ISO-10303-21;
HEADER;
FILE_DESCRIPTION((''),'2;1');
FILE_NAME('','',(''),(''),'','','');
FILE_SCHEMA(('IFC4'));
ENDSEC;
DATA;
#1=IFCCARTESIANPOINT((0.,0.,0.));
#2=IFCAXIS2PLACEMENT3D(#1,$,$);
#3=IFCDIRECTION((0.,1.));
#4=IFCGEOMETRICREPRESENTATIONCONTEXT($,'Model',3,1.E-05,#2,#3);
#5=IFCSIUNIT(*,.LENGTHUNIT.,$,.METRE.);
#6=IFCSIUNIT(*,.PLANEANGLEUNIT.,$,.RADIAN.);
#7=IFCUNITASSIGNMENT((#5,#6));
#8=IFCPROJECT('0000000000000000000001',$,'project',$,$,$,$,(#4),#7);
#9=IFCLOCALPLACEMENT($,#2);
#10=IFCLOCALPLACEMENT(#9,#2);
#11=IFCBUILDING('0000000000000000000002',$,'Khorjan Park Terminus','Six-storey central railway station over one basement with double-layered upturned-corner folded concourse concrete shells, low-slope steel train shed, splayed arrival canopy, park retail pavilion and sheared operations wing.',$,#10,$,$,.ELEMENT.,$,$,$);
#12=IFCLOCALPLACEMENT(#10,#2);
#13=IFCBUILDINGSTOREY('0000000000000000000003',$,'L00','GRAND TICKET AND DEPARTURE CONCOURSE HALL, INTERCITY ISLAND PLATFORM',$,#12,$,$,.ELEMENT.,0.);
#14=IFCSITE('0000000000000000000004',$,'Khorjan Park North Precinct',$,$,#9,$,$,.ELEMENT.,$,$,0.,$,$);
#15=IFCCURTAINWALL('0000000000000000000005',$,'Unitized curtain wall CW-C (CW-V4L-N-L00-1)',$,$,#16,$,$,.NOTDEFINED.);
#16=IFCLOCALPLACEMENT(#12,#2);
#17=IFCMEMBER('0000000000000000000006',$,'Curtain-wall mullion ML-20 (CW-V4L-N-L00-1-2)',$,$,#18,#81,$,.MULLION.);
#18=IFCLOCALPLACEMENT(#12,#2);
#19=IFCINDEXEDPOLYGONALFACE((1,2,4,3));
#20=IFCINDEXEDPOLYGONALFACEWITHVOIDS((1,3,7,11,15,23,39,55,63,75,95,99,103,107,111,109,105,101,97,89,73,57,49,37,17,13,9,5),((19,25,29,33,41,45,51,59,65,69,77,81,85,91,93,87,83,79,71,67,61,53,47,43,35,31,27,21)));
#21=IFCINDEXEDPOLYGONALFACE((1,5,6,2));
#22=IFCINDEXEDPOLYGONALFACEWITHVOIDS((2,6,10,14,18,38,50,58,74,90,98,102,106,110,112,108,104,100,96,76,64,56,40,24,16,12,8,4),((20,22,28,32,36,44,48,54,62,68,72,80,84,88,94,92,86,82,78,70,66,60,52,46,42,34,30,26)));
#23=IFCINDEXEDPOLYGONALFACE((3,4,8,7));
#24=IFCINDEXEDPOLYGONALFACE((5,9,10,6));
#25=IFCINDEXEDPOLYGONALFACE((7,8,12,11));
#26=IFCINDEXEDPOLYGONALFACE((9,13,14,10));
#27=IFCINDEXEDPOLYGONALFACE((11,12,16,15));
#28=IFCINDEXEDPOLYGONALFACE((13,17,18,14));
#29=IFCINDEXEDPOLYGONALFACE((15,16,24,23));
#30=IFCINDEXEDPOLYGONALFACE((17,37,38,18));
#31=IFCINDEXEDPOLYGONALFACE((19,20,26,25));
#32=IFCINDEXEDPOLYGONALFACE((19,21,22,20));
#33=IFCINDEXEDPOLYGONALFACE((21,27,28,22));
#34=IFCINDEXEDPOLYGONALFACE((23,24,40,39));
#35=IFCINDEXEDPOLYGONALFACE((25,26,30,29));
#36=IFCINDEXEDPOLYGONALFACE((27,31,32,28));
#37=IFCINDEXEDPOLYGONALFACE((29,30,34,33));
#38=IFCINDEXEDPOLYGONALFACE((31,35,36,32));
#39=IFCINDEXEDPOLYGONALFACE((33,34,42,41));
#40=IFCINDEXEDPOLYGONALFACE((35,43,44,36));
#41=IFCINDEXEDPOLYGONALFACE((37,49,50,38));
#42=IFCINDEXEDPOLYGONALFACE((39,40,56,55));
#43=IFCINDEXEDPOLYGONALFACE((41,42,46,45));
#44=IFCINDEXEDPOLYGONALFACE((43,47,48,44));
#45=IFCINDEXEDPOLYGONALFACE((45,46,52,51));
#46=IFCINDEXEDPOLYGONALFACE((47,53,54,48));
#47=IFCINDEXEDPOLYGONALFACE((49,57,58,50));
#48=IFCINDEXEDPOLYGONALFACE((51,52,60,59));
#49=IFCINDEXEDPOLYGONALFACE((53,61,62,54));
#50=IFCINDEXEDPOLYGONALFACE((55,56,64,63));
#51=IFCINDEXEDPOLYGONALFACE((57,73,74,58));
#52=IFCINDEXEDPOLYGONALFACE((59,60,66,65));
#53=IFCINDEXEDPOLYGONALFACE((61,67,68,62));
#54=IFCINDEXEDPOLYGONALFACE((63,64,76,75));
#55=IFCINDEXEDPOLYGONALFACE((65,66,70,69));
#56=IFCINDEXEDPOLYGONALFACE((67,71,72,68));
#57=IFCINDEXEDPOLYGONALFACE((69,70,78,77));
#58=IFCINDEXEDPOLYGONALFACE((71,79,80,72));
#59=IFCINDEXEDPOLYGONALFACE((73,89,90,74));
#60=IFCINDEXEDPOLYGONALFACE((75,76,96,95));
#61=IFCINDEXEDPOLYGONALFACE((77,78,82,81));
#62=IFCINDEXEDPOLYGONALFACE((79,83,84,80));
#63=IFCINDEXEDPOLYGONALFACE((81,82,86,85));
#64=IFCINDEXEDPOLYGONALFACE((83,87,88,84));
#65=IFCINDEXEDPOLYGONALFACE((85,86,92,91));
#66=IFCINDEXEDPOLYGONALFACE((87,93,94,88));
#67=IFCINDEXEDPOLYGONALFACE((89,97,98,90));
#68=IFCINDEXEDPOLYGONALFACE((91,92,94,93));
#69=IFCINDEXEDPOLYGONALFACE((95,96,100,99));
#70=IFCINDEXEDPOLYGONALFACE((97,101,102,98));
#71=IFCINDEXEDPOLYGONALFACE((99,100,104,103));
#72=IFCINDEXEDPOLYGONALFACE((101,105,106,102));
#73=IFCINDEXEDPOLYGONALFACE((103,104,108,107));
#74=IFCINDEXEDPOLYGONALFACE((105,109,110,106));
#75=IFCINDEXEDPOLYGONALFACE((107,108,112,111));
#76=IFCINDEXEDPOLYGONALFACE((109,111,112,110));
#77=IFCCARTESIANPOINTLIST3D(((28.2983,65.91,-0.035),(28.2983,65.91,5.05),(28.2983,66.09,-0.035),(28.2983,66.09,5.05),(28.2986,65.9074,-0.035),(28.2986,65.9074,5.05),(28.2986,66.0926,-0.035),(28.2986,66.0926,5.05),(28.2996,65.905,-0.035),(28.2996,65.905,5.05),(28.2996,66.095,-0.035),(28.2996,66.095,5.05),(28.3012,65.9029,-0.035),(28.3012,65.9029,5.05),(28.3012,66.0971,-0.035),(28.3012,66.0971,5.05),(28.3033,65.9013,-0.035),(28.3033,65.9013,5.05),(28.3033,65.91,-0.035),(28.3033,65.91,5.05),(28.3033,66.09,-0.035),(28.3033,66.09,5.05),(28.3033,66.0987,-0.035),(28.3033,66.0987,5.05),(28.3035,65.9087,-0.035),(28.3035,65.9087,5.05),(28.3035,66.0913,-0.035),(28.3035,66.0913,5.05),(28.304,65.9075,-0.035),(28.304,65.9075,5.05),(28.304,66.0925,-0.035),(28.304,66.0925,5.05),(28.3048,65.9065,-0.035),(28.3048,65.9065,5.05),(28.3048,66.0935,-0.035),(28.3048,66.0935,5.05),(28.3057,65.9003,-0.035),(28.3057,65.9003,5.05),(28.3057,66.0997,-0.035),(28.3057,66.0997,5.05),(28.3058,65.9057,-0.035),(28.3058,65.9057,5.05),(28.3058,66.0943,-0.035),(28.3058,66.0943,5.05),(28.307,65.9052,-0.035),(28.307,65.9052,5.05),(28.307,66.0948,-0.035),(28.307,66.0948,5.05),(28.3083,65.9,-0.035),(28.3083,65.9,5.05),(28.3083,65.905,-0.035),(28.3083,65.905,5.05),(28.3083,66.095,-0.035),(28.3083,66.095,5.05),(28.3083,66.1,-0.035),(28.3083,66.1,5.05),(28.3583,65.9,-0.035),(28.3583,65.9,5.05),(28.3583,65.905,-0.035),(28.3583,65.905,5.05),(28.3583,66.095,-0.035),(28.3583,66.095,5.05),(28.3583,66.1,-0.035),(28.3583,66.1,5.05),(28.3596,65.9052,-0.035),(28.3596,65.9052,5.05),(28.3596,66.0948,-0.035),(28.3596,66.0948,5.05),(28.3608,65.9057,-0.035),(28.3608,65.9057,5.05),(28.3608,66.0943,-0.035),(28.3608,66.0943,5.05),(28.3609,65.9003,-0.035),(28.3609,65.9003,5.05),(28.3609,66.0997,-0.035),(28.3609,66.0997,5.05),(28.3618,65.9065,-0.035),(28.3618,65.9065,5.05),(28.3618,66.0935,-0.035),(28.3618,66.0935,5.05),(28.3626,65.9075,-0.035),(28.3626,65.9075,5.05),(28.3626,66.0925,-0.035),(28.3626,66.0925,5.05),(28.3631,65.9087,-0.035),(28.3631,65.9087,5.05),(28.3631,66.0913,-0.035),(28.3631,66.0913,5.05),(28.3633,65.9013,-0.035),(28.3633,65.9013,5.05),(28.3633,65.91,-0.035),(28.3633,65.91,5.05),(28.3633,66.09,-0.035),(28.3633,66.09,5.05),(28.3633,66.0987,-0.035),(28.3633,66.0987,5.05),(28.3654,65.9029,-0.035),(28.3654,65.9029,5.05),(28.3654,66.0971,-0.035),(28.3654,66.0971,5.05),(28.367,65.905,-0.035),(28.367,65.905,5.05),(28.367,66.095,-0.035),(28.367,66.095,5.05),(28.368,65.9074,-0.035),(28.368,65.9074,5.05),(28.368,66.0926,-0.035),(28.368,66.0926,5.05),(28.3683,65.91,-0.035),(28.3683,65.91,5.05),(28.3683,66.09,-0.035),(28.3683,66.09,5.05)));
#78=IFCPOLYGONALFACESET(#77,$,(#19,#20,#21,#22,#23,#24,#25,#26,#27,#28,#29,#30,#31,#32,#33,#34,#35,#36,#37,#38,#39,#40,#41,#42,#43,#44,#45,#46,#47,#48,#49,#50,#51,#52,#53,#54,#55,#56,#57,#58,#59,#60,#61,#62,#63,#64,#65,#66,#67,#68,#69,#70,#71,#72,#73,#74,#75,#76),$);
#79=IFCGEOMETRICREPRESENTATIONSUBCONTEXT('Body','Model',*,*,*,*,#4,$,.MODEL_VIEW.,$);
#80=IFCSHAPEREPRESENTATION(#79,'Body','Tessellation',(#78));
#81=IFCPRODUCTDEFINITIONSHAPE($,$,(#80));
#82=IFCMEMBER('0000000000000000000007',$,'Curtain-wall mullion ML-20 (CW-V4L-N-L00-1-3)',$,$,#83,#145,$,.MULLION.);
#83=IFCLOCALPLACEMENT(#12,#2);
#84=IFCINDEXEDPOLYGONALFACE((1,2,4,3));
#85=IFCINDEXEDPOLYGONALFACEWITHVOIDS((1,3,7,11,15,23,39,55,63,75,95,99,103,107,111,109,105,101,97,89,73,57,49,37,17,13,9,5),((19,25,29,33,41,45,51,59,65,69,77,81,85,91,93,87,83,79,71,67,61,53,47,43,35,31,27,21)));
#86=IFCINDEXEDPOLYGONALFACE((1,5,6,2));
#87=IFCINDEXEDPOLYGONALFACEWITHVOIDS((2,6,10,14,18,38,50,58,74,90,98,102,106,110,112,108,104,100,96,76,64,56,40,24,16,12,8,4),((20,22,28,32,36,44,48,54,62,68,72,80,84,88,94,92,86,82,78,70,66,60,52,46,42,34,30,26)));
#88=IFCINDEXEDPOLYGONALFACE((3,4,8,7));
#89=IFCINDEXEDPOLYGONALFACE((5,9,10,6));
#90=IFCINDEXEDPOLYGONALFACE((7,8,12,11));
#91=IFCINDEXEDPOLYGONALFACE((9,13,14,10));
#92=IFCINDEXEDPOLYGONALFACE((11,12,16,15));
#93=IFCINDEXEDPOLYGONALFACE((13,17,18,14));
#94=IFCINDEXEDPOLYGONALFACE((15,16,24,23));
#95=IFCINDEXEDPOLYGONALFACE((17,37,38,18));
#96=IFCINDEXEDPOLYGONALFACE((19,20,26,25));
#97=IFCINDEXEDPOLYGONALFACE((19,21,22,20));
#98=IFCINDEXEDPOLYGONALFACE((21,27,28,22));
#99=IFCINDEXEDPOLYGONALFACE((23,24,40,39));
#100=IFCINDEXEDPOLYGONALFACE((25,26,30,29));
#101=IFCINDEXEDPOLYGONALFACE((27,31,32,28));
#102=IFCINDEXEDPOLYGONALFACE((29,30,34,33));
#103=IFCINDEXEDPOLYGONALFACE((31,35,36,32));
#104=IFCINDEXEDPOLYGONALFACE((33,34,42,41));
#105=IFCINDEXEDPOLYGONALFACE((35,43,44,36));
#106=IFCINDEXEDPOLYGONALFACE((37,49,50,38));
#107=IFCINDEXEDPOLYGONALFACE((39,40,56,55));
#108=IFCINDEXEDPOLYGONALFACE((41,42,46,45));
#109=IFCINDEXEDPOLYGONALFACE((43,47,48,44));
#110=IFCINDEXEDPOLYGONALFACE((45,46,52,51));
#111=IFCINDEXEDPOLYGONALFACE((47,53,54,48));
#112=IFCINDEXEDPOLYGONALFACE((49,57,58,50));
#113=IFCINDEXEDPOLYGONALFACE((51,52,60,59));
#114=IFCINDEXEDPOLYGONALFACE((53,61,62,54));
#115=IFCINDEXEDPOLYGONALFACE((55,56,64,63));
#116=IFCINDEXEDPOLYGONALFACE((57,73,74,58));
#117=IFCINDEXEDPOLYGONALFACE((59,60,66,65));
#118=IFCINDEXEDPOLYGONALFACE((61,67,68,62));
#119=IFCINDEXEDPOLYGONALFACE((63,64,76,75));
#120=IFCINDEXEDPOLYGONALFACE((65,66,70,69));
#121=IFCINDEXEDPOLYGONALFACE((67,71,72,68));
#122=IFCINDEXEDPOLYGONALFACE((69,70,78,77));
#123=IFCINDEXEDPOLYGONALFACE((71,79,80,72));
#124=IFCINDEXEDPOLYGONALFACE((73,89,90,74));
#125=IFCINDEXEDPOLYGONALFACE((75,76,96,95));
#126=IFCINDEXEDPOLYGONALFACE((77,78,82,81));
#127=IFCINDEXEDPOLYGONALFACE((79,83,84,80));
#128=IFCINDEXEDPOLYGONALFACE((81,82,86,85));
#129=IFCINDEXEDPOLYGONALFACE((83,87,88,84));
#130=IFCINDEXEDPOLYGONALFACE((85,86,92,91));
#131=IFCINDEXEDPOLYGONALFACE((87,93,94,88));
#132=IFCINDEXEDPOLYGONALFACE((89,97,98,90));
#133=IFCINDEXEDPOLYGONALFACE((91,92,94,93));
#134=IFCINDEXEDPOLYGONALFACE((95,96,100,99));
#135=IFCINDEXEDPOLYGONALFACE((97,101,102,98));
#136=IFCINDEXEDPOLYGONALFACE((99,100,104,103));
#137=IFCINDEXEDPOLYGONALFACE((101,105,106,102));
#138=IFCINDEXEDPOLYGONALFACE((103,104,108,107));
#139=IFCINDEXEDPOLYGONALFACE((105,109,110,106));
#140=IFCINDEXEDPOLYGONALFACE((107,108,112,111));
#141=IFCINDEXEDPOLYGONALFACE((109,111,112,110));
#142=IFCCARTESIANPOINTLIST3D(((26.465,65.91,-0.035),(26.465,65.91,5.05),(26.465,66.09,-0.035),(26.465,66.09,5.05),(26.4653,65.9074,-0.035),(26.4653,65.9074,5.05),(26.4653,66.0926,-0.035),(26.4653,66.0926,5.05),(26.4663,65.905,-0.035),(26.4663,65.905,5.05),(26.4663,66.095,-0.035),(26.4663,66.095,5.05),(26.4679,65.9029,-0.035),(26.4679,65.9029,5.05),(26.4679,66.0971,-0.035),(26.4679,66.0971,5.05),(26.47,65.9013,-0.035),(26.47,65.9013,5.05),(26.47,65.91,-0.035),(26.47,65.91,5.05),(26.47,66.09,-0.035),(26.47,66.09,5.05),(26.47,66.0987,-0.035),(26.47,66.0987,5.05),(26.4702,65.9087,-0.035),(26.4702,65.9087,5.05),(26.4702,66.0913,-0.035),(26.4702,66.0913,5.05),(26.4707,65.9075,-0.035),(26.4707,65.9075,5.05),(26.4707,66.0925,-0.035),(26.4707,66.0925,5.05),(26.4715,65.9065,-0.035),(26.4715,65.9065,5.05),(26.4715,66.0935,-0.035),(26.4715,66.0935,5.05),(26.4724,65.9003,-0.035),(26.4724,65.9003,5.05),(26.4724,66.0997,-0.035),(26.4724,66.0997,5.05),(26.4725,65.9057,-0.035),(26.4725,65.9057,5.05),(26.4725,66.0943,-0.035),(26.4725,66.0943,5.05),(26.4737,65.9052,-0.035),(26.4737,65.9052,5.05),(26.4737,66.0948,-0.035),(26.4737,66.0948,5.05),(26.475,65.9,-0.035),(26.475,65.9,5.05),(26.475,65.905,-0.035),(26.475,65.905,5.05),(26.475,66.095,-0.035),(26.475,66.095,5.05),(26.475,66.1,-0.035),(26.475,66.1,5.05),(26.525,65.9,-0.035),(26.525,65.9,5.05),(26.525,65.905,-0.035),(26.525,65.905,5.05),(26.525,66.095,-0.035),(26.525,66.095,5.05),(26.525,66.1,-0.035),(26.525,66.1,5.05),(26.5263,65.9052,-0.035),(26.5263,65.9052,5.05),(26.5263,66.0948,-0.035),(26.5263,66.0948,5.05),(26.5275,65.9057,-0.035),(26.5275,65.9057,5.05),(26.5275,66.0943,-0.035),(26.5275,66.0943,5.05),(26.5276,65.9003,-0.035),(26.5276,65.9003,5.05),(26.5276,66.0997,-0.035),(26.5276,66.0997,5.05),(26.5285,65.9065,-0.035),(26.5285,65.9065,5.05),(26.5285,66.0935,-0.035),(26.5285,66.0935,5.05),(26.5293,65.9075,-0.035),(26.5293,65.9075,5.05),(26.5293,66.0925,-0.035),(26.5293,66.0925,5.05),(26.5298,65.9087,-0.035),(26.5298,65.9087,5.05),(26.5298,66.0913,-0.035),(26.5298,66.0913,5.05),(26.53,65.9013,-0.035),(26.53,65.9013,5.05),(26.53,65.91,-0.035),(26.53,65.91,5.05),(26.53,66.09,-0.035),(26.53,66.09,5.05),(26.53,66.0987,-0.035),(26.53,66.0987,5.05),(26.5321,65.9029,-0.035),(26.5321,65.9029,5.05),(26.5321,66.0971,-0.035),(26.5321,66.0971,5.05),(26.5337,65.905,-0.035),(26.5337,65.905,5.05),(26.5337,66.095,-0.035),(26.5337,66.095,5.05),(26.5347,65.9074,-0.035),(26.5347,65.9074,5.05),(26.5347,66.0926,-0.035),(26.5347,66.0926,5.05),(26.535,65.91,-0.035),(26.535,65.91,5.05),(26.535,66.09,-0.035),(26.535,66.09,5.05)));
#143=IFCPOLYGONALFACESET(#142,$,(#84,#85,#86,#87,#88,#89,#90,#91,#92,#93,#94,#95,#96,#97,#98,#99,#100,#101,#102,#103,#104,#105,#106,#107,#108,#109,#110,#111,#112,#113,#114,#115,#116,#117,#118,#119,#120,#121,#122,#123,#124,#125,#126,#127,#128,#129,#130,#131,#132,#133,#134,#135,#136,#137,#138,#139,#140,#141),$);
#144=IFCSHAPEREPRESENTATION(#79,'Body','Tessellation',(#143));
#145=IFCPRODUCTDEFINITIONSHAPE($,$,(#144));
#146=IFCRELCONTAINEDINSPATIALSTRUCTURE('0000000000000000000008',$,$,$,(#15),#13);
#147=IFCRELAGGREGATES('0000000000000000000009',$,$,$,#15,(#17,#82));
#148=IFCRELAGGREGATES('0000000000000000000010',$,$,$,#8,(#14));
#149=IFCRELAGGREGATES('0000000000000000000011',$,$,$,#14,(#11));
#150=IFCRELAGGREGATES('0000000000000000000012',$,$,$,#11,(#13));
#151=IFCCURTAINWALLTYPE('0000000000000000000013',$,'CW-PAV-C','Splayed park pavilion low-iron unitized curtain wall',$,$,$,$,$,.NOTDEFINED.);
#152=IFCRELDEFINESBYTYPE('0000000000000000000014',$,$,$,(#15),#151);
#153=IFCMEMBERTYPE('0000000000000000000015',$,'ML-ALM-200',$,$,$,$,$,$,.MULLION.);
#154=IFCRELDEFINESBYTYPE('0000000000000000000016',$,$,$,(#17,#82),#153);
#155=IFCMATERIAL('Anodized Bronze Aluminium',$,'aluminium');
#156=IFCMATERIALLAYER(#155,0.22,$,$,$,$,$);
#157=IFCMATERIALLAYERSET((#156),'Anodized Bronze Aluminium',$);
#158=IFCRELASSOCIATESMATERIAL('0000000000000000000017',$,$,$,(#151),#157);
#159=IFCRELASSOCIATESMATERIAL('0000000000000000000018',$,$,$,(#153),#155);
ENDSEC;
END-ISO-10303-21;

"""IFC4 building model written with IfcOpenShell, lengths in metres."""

from ifc_helpers import new_model, si_unit, direction, frame, origin, origin_2d, place, context, subcontext, project, spatial, hollow_rectangle, extrude, material, layer, layer_set, material_profile, profile_set, type_object, element, aggregate, save


model = new_model("IFC4")

# Units and contexts
model_context = context("Model", 3, precision=1e-05, world=origin(), true_north=direction((0.0, 1.0)))
body_context = subcontext(model_context, "Body", "Model", "MODEL_VIEW")
ifc_project = project(units=[si_unit("LENGTHUNIT", "METRE"), si_unit("PLANEANGLEUNIT", "RADIAN")], contexts=[model_context])

# Site, building, storey
site_placement = place(None, origin())
site = spatial("IfcSite", under=ifc_project, at=site_placement, Name="Khorjan Park North Precinct", CompositionType="ELEMENT", RefElevation=0.0)
building_placement = place(site_placement, origin())
building = spatial("IfcBuilding", under=site, at=building_placement, Name="Khorjan Park Terminus", Description="Six-storey central railway station over one basement with double-layered upturned-corner folded concourse concrete shells, low-slope steel train shed, splayed arrival canopy, park retail pavilion and sheared operations wing.", CompositionType="ELEMENT")
storey_placement = place(building_placement, origin())
storey = spatial("IfcBuildingStorey", under=building, at=storey_placement, Name="L00", Description="GRAND TICKET AND DEPARTURE CONCOURSE HALL, INTERCITY ISLAND PLATFORM", CompositionType="ELEMENT", Elevation=0.0)

# Curtain wall, members
ifc_material_1 = material(Name="Anodized Bronze Aluminium", Category="aluminium")
ifc_layer_1 = layer(ifc_material_1, 0.22)
ifc_layer_set_1 = layer_set([ifc_layer_1], Name="Anodized Bronze Aluminium")
curtain_wall_type = type_object("IfcCurtainWallType", Name="CW-PAV-C", Description="Splayed park pavilion low-iron unitized curtain wall", PredefinedType="NOTDEFINED", material=ifc_layer_set_1)
curtain_wall_1_placement = place(storey_placement, origin())
curtain_wall_1 = element("IfcCurtainWall", 1, at=curtain_wall_1_placement, inside=storey, type_object=curtain_wall_type, Name="Unitized curtain wall CW-C (CW-V4L-N-L00-1)", PredefinedType="NOTDEFINED")
ifc_material_profile_1 = material_profile(ifc_material_1, hollow_rectangle(XDim=0.07, YDim=0.2, WallThickness=0.005, InnerFilletRadius=0.005, OuterFilletRadius=0.01, at=origin_2d()), Name="ALM 70x200x5")
ifc_profile_set_1 = profile_set([ifc_material_profile_1], Name="Anodized Bronze Aluminium")
member_type_1 = type_object("IfcMemberType", Name="ML-ALM-200", PredefinedType="MULLION", material=ifc_profile_set_1)
member_1_placement = place(storey_placement, frame((28.3333, 66.0, -0.035), z_axis=(0.0, 0.0, 1.0), x_axis=(-1.0, 0.0, 0.0)))
member_1 = element("IfcMember", 2, at=member_1_placement, type_object=member_type_1, Name="Curtain-wall mullion ML-20 (CW-V4L-N-L00-1-2)", PredefinedType="MULLION", context=body_context, shape_type="SweptSolid", body=[
    extrude(hollow_rectangle(XDim=0.07, YDim=0.2, WallThickness=0.005, InnerFilletRadius=0.005, OuterFilletRadius=0.01, at=origin_2d()), origin(), (0.0, 0.0, 1.0), 5.085),
])
member_2_placement = place(storey_placement, frame((26.5, 66.0, -0.035), z_axis=(0.0, 0.0, 1.0), x_axis=(-1.0, 0.0, 0.0)))
member_2 = element("IfcMember", 3, at=member_2_placement, type_object=member_type_1, Name="Curtain-wall mullion ML-20 (CW-V4L-N-L00-1-3)", PredefinedType="MULLION", context=body_context, shape_type="SweptSolid", body=[
    extrude(hollow_rectangle(XDim=0.07, YDim=0.2, WallThickness=0.005, InnerFilletRadius=0.005, OuterFilletRadius=0.01, at=origin_2d()), origin(), (0.0, 0.0, 1.0), 5.085),
])

aggregate(curtain_wall_1, [member_1, member_2])

save(model, "model.ifc")
